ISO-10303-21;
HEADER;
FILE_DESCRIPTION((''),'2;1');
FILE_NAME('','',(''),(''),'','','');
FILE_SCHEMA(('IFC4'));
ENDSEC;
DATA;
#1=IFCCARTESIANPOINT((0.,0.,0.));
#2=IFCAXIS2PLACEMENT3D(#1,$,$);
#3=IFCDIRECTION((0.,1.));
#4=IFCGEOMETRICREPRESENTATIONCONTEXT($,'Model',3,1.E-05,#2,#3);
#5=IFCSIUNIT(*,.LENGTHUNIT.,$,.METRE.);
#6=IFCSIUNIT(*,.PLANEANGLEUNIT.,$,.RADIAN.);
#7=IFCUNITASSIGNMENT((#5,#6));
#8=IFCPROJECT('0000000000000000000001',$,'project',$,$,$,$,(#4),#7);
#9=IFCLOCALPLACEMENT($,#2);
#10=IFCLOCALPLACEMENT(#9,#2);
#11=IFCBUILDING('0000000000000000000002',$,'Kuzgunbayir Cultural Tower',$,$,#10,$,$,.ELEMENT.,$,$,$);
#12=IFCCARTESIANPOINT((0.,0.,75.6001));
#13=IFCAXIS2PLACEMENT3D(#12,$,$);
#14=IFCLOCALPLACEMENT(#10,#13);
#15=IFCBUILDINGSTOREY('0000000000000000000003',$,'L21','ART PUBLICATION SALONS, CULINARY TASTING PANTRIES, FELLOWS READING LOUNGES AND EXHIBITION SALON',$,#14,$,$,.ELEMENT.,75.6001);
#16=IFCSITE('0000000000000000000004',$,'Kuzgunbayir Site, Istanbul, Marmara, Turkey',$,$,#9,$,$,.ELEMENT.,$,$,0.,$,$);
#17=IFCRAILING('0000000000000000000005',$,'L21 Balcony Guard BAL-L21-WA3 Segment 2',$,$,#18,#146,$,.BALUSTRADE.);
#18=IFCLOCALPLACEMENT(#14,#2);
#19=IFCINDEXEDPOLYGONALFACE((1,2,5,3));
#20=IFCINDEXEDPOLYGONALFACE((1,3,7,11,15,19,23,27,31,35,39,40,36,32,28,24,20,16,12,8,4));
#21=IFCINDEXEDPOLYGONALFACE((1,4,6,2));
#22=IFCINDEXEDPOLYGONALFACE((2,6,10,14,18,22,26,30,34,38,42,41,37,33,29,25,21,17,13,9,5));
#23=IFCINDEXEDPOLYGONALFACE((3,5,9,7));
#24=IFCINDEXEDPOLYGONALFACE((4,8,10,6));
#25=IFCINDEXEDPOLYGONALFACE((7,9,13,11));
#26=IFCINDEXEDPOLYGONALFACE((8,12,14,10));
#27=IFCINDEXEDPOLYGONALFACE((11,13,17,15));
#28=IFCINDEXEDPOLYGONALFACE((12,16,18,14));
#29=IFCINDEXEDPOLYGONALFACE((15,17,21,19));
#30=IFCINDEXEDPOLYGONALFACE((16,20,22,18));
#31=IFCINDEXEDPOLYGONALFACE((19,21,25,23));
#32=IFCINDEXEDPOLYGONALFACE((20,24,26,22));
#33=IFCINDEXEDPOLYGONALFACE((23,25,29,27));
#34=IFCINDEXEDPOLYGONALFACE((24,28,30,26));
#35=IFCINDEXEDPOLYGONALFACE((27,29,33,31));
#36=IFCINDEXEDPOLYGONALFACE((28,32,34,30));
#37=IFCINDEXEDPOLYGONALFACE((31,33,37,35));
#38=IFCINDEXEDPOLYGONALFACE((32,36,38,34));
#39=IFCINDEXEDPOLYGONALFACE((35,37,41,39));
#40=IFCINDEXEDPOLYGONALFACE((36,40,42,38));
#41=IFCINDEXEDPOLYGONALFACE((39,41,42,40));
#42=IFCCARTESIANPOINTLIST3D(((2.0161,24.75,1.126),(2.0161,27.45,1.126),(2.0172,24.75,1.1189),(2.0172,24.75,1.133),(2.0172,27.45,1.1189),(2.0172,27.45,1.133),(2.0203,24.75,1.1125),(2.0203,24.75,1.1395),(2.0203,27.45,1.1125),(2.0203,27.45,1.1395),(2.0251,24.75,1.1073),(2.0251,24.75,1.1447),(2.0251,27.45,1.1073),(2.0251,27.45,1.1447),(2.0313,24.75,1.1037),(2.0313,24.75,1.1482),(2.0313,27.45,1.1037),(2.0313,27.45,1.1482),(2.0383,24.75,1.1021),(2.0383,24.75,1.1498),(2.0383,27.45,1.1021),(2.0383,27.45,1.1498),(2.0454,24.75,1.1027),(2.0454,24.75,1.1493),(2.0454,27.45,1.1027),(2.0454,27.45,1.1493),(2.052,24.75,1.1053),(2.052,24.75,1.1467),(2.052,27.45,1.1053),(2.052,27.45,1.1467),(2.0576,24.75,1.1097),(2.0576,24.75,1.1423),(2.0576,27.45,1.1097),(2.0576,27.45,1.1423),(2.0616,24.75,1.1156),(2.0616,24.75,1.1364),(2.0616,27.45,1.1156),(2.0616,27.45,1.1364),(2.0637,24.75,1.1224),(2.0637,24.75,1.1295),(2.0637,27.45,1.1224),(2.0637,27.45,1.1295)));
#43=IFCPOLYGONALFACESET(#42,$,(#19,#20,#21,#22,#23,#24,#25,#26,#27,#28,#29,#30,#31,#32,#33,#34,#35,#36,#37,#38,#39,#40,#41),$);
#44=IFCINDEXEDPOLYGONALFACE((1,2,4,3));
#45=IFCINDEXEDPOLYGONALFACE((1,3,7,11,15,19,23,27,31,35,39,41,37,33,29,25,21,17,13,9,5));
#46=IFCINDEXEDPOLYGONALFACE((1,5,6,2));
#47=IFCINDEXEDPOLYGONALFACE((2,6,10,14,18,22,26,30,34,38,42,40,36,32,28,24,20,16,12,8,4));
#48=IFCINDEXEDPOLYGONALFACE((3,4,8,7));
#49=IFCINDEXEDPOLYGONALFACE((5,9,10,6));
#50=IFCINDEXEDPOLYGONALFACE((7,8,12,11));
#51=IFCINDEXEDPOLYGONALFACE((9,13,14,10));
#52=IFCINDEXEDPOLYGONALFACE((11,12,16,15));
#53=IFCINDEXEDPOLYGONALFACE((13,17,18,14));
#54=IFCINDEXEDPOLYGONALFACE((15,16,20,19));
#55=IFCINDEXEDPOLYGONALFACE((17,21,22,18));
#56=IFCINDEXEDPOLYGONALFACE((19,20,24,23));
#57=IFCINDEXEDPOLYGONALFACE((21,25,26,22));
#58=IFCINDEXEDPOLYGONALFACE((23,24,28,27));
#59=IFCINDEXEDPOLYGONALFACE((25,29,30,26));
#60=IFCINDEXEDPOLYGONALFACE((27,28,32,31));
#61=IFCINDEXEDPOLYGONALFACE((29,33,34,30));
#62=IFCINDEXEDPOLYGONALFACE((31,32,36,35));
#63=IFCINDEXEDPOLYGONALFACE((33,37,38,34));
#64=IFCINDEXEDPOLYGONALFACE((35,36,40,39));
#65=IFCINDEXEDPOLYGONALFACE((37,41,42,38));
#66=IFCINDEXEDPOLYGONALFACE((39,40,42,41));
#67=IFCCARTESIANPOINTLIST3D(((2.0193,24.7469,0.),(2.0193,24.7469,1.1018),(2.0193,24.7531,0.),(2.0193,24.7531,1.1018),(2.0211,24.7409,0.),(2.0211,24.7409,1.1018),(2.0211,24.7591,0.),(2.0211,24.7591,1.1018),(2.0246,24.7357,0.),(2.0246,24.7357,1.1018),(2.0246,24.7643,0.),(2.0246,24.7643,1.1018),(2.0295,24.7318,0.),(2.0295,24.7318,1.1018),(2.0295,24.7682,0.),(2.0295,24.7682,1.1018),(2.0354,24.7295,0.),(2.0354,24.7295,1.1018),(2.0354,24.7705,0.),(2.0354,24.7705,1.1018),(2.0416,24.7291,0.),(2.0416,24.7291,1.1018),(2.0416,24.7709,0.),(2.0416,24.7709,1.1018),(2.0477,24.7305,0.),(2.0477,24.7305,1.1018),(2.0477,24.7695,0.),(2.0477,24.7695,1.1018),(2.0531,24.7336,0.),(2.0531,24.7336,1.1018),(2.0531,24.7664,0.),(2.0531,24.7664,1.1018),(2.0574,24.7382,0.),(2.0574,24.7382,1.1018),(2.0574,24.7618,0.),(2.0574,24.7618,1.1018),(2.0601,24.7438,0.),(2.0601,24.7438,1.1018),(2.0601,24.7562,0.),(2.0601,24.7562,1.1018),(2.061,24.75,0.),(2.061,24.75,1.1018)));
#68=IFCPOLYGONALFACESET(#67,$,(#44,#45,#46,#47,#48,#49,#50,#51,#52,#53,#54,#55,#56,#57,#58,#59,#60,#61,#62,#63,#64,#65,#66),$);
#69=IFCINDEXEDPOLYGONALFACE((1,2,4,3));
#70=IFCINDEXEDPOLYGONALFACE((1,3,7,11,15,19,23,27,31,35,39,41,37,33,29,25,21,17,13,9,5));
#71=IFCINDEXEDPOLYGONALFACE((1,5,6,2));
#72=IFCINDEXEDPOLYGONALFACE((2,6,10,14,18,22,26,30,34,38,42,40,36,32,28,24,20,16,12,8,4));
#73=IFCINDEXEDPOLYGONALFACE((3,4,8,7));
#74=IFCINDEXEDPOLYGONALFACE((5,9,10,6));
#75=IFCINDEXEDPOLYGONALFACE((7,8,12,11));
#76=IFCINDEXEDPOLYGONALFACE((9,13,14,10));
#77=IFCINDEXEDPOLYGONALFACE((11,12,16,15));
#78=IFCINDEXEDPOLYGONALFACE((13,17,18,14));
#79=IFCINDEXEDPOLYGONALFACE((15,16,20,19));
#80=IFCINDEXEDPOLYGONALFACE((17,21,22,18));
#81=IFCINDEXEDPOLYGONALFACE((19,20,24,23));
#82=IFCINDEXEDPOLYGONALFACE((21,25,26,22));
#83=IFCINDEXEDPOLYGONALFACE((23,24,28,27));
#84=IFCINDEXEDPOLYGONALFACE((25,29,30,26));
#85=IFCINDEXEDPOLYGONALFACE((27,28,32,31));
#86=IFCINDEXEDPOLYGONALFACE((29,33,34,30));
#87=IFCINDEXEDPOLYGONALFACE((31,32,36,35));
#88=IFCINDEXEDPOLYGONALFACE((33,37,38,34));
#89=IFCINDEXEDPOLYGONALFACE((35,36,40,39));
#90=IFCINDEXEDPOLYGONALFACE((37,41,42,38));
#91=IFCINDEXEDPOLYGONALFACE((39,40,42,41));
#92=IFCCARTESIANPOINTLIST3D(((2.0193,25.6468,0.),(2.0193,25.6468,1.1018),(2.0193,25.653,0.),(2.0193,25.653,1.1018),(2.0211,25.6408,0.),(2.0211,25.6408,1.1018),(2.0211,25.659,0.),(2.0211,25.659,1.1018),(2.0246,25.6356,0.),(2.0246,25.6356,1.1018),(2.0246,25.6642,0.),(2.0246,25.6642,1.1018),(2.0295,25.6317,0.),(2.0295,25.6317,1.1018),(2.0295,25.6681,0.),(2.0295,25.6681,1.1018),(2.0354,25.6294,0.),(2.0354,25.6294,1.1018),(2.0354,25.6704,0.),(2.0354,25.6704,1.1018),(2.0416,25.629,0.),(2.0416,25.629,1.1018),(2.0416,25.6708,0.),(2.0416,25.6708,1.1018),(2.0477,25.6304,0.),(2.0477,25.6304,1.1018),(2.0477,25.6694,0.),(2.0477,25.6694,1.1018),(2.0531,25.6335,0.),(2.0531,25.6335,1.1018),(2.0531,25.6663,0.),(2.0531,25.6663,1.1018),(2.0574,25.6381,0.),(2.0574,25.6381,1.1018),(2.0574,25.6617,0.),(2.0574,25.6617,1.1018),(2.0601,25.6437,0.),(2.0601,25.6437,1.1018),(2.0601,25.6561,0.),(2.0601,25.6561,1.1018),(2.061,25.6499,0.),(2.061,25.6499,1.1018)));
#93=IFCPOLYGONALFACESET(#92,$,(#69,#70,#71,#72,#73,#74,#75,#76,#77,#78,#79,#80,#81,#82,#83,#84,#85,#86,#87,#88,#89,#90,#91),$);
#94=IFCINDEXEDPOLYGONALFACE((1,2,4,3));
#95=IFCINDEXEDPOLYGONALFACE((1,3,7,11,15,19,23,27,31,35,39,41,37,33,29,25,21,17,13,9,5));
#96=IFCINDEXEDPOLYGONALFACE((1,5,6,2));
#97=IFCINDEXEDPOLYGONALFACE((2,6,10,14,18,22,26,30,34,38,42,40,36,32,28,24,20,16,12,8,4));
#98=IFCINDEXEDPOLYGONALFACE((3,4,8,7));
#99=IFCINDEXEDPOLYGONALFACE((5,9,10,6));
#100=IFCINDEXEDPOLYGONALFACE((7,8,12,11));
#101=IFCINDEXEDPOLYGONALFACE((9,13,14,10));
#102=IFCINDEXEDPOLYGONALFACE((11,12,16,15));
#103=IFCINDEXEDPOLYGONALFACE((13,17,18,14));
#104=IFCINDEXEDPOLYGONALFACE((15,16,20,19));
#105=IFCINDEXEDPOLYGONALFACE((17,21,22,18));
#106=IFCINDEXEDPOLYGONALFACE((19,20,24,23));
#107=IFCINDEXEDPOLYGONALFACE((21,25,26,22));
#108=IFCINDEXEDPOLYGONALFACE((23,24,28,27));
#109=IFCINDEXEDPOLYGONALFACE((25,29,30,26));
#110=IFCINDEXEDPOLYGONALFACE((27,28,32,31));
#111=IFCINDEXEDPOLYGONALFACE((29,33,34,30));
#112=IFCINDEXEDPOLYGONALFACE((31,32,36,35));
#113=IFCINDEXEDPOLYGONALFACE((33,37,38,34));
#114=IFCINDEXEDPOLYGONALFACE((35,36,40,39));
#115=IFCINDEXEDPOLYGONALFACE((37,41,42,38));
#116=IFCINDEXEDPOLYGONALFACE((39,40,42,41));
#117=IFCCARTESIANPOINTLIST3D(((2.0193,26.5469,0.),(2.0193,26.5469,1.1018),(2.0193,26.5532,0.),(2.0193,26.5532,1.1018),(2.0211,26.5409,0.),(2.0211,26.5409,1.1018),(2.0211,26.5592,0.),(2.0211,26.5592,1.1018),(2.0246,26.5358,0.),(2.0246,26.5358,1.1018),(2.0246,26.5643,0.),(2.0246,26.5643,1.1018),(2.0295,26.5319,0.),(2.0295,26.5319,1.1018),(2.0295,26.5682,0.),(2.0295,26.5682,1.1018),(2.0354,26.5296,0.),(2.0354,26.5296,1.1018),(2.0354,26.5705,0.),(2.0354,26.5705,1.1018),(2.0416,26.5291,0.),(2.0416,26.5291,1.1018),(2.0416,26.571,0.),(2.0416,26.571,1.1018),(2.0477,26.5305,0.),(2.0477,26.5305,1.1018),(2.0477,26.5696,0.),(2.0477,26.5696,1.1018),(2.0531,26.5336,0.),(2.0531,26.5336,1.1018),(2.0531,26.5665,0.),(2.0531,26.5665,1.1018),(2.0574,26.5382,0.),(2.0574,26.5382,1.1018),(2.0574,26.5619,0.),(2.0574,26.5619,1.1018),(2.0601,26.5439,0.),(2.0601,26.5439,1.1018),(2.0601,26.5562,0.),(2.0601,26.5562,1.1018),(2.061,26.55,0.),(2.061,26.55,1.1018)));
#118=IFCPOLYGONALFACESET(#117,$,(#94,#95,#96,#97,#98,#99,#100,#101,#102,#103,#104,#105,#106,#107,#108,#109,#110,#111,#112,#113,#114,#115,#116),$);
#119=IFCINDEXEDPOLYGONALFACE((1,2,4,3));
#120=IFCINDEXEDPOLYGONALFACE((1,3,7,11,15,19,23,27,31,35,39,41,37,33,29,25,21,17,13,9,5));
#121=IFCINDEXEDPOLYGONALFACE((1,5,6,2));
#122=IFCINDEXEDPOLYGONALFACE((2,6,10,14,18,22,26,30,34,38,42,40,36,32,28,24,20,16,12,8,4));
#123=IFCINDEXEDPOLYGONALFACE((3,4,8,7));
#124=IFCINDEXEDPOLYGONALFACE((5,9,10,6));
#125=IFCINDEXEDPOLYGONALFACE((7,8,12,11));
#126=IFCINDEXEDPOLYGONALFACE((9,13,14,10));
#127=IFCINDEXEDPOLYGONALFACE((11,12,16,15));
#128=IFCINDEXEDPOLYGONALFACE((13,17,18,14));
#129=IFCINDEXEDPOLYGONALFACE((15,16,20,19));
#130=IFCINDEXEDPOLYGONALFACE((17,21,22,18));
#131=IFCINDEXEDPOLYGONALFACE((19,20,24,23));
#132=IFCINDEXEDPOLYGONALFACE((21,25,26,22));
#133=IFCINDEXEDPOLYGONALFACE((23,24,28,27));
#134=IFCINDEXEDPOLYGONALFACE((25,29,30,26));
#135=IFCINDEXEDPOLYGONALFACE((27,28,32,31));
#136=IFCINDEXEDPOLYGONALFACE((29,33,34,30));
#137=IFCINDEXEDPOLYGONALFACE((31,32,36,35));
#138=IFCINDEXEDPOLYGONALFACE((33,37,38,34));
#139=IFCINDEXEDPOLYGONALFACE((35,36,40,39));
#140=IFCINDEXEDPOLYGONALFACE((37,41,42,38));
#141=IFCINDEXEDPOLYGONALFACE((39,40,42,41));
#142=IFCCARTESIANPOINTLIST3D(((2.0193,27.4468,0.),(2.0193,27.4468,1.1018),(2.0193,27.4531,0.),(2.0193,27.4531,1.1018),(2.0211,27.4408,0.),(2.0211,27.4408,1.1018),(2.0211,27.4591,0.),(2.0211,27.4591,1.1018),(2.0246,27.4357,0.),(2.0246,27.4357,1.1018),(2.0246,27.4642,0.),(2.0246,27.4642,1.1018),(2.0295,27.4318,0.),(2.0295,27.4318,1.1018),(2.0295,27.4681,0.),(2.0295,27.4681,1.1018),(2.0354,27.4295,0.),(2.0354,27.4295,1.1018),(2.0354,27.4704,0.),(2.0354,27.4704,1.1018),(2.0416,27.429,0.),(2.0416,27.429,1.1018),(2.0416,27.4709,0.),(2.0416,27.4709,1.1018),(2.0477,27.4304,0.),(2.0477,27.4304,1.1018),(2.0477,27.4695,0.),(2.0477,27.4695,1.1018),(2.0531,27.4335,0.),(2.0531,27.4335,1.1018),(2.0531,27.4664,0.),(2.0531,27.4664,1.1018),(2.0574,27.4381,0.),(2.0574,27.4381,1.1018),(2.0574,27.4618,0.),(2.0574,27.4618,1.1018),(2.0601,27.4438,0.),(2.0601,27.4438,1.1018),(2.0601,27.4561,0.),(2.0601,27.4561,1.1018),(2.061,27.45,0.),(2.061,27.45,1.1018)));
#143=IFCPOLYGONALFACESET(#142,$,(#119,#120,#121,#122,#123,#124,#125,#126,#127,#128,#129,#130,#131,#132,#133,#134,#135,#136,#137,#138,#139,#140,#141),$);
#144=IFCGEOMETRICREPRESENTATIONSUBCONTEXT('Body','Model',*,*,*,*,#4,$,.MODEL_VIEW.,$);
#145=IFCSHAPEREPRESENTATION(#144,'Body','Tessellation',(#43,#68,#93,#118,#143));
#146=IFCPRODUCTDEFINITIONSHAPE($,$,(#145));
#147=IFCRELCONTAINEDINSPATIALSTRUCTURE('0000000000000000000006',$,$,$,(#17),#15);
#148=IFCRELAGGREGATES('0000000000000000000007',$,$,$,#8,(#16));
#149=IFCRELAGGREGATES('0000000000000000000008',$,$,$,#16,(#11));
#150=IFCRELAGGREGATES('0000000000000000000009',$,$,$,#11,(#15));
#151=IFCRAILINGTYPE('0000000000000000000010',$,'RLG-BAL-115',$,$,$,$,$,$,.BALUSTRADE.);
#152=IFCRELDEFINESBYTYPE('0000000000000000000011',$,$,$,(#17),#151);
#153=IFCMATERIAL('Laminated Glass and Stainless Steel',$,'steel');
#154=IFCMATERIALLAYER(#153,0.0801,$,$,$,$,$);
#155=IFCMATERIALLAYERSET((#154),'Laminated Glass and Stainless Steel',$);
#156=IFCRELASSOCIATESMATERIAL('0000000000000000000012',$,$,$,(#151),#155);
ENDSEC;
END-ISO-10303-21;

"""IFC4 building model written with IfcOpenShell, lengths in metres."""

from ifc_helpers import new_model, si_unit, direction, frame, origin, origin_2d, place, context, subcontext, project, spatial, circle, extrude, material, layer, layer_set, type_object, element, save


model = new_model("IFC4")

# Units and contexts
model_context = context("Model", 3, precision=1e-05, world=origin(), true_north=direction((0.0, 1.0)))
body_context = subcontext(model_context, "Body", "Model", "MODEL_VIEW")
ifc_project = project(units=[si_unit("LENGTHUNIT", "METRE"), si_unit("PLANEANGLEUNIT", "RADIAN")], contexts=[model_context])

# Site, building, storey
site_placement = place(None, origin())
site = spatial("IfcSite", under=ifc_project, at=site_placement, Name="Kuzgunbayir Site, Istanbul, Marmara, Turkey", CompositionType="ELEMENT", RefElevation=0.0)
building_placement = place(site_placement, origin())
building = spatial("IfcBuilding", under=site, at=building_placement, Name="Kuzgunbayir Cultural Tower", CompositionType="ELEMENT")
storey_placement = place(building_placement, frame((0.0, 0.0, 75.6001)))
storey = spatial("IfcBuildingStorey", under=building, at=storey_placement, Name="L21", Description="ART PUBLICATION SALONS, CULINARY TASTING PANTRIES, FELLOWS READING LOUNGES AND EXHIBITION SALON", CompositionType="ELEMENT", Elevation=75.6001)

# Railing
ifc_material_1 = material(Name="Laminated Glass and Stainless Steel", Category="steel")
ifc_layer_1 = layer(ifc_material_1, 0.0801)
ifc_layer_set_1 = layer_set([ifc_layer_1], Name="Laminated Glass and Stainless Steel")
railing_type = type_object("IfcRailingType", Name="RLG-BAL-115", PredefinedType="BALUSTRADE", material=ifc_layer_set_1)
railing_1_placement = place(storey_placement, frame((2.04, 24.75, 0.0)))
element("IfcRailing", 1, at=railing_1_placement, inside=storey, type_object=railing_type, Name="L21 Balcony Guard BAL-L21-WA3 Segment 2", PredefinedType="BALUSTRADE", context=body_context, shape_type="SweptSolid", body=[
    extrude(circle(Radius=0.0239, at=origin_2d()), frame((0.0, 0.0, 1.126), z_axis=(0.0, 1.0, 0.0), x_axis=(-1.0, 0.0, 0.0)), (0.0, 0.0, 1.0), 2.7),
    extrude(circle(Radius=0.021, at=origin_2d()), origin(), (0.0, 0.0, 1.0), 1.1018),
    extrude(circle(Radius=0.021, at=origin_2d()), frame((0.0, 0.8999, 0.0)), (0.0, 0.0, 1.0), 1.1018),
    extrude(circle(Radius=0.021, at=origin_2d()), frame((0.0, 1.8, 0.0)), (0.0, 0.0, 1.0), 1.1018),
    extrude(circle(Radius=0.021, at=origin_2d()), frame((0.0, 2.7, 0.0)), (0.0, 0.0, 1.0), 1.1018),
])

save(model, "model.ifc")
